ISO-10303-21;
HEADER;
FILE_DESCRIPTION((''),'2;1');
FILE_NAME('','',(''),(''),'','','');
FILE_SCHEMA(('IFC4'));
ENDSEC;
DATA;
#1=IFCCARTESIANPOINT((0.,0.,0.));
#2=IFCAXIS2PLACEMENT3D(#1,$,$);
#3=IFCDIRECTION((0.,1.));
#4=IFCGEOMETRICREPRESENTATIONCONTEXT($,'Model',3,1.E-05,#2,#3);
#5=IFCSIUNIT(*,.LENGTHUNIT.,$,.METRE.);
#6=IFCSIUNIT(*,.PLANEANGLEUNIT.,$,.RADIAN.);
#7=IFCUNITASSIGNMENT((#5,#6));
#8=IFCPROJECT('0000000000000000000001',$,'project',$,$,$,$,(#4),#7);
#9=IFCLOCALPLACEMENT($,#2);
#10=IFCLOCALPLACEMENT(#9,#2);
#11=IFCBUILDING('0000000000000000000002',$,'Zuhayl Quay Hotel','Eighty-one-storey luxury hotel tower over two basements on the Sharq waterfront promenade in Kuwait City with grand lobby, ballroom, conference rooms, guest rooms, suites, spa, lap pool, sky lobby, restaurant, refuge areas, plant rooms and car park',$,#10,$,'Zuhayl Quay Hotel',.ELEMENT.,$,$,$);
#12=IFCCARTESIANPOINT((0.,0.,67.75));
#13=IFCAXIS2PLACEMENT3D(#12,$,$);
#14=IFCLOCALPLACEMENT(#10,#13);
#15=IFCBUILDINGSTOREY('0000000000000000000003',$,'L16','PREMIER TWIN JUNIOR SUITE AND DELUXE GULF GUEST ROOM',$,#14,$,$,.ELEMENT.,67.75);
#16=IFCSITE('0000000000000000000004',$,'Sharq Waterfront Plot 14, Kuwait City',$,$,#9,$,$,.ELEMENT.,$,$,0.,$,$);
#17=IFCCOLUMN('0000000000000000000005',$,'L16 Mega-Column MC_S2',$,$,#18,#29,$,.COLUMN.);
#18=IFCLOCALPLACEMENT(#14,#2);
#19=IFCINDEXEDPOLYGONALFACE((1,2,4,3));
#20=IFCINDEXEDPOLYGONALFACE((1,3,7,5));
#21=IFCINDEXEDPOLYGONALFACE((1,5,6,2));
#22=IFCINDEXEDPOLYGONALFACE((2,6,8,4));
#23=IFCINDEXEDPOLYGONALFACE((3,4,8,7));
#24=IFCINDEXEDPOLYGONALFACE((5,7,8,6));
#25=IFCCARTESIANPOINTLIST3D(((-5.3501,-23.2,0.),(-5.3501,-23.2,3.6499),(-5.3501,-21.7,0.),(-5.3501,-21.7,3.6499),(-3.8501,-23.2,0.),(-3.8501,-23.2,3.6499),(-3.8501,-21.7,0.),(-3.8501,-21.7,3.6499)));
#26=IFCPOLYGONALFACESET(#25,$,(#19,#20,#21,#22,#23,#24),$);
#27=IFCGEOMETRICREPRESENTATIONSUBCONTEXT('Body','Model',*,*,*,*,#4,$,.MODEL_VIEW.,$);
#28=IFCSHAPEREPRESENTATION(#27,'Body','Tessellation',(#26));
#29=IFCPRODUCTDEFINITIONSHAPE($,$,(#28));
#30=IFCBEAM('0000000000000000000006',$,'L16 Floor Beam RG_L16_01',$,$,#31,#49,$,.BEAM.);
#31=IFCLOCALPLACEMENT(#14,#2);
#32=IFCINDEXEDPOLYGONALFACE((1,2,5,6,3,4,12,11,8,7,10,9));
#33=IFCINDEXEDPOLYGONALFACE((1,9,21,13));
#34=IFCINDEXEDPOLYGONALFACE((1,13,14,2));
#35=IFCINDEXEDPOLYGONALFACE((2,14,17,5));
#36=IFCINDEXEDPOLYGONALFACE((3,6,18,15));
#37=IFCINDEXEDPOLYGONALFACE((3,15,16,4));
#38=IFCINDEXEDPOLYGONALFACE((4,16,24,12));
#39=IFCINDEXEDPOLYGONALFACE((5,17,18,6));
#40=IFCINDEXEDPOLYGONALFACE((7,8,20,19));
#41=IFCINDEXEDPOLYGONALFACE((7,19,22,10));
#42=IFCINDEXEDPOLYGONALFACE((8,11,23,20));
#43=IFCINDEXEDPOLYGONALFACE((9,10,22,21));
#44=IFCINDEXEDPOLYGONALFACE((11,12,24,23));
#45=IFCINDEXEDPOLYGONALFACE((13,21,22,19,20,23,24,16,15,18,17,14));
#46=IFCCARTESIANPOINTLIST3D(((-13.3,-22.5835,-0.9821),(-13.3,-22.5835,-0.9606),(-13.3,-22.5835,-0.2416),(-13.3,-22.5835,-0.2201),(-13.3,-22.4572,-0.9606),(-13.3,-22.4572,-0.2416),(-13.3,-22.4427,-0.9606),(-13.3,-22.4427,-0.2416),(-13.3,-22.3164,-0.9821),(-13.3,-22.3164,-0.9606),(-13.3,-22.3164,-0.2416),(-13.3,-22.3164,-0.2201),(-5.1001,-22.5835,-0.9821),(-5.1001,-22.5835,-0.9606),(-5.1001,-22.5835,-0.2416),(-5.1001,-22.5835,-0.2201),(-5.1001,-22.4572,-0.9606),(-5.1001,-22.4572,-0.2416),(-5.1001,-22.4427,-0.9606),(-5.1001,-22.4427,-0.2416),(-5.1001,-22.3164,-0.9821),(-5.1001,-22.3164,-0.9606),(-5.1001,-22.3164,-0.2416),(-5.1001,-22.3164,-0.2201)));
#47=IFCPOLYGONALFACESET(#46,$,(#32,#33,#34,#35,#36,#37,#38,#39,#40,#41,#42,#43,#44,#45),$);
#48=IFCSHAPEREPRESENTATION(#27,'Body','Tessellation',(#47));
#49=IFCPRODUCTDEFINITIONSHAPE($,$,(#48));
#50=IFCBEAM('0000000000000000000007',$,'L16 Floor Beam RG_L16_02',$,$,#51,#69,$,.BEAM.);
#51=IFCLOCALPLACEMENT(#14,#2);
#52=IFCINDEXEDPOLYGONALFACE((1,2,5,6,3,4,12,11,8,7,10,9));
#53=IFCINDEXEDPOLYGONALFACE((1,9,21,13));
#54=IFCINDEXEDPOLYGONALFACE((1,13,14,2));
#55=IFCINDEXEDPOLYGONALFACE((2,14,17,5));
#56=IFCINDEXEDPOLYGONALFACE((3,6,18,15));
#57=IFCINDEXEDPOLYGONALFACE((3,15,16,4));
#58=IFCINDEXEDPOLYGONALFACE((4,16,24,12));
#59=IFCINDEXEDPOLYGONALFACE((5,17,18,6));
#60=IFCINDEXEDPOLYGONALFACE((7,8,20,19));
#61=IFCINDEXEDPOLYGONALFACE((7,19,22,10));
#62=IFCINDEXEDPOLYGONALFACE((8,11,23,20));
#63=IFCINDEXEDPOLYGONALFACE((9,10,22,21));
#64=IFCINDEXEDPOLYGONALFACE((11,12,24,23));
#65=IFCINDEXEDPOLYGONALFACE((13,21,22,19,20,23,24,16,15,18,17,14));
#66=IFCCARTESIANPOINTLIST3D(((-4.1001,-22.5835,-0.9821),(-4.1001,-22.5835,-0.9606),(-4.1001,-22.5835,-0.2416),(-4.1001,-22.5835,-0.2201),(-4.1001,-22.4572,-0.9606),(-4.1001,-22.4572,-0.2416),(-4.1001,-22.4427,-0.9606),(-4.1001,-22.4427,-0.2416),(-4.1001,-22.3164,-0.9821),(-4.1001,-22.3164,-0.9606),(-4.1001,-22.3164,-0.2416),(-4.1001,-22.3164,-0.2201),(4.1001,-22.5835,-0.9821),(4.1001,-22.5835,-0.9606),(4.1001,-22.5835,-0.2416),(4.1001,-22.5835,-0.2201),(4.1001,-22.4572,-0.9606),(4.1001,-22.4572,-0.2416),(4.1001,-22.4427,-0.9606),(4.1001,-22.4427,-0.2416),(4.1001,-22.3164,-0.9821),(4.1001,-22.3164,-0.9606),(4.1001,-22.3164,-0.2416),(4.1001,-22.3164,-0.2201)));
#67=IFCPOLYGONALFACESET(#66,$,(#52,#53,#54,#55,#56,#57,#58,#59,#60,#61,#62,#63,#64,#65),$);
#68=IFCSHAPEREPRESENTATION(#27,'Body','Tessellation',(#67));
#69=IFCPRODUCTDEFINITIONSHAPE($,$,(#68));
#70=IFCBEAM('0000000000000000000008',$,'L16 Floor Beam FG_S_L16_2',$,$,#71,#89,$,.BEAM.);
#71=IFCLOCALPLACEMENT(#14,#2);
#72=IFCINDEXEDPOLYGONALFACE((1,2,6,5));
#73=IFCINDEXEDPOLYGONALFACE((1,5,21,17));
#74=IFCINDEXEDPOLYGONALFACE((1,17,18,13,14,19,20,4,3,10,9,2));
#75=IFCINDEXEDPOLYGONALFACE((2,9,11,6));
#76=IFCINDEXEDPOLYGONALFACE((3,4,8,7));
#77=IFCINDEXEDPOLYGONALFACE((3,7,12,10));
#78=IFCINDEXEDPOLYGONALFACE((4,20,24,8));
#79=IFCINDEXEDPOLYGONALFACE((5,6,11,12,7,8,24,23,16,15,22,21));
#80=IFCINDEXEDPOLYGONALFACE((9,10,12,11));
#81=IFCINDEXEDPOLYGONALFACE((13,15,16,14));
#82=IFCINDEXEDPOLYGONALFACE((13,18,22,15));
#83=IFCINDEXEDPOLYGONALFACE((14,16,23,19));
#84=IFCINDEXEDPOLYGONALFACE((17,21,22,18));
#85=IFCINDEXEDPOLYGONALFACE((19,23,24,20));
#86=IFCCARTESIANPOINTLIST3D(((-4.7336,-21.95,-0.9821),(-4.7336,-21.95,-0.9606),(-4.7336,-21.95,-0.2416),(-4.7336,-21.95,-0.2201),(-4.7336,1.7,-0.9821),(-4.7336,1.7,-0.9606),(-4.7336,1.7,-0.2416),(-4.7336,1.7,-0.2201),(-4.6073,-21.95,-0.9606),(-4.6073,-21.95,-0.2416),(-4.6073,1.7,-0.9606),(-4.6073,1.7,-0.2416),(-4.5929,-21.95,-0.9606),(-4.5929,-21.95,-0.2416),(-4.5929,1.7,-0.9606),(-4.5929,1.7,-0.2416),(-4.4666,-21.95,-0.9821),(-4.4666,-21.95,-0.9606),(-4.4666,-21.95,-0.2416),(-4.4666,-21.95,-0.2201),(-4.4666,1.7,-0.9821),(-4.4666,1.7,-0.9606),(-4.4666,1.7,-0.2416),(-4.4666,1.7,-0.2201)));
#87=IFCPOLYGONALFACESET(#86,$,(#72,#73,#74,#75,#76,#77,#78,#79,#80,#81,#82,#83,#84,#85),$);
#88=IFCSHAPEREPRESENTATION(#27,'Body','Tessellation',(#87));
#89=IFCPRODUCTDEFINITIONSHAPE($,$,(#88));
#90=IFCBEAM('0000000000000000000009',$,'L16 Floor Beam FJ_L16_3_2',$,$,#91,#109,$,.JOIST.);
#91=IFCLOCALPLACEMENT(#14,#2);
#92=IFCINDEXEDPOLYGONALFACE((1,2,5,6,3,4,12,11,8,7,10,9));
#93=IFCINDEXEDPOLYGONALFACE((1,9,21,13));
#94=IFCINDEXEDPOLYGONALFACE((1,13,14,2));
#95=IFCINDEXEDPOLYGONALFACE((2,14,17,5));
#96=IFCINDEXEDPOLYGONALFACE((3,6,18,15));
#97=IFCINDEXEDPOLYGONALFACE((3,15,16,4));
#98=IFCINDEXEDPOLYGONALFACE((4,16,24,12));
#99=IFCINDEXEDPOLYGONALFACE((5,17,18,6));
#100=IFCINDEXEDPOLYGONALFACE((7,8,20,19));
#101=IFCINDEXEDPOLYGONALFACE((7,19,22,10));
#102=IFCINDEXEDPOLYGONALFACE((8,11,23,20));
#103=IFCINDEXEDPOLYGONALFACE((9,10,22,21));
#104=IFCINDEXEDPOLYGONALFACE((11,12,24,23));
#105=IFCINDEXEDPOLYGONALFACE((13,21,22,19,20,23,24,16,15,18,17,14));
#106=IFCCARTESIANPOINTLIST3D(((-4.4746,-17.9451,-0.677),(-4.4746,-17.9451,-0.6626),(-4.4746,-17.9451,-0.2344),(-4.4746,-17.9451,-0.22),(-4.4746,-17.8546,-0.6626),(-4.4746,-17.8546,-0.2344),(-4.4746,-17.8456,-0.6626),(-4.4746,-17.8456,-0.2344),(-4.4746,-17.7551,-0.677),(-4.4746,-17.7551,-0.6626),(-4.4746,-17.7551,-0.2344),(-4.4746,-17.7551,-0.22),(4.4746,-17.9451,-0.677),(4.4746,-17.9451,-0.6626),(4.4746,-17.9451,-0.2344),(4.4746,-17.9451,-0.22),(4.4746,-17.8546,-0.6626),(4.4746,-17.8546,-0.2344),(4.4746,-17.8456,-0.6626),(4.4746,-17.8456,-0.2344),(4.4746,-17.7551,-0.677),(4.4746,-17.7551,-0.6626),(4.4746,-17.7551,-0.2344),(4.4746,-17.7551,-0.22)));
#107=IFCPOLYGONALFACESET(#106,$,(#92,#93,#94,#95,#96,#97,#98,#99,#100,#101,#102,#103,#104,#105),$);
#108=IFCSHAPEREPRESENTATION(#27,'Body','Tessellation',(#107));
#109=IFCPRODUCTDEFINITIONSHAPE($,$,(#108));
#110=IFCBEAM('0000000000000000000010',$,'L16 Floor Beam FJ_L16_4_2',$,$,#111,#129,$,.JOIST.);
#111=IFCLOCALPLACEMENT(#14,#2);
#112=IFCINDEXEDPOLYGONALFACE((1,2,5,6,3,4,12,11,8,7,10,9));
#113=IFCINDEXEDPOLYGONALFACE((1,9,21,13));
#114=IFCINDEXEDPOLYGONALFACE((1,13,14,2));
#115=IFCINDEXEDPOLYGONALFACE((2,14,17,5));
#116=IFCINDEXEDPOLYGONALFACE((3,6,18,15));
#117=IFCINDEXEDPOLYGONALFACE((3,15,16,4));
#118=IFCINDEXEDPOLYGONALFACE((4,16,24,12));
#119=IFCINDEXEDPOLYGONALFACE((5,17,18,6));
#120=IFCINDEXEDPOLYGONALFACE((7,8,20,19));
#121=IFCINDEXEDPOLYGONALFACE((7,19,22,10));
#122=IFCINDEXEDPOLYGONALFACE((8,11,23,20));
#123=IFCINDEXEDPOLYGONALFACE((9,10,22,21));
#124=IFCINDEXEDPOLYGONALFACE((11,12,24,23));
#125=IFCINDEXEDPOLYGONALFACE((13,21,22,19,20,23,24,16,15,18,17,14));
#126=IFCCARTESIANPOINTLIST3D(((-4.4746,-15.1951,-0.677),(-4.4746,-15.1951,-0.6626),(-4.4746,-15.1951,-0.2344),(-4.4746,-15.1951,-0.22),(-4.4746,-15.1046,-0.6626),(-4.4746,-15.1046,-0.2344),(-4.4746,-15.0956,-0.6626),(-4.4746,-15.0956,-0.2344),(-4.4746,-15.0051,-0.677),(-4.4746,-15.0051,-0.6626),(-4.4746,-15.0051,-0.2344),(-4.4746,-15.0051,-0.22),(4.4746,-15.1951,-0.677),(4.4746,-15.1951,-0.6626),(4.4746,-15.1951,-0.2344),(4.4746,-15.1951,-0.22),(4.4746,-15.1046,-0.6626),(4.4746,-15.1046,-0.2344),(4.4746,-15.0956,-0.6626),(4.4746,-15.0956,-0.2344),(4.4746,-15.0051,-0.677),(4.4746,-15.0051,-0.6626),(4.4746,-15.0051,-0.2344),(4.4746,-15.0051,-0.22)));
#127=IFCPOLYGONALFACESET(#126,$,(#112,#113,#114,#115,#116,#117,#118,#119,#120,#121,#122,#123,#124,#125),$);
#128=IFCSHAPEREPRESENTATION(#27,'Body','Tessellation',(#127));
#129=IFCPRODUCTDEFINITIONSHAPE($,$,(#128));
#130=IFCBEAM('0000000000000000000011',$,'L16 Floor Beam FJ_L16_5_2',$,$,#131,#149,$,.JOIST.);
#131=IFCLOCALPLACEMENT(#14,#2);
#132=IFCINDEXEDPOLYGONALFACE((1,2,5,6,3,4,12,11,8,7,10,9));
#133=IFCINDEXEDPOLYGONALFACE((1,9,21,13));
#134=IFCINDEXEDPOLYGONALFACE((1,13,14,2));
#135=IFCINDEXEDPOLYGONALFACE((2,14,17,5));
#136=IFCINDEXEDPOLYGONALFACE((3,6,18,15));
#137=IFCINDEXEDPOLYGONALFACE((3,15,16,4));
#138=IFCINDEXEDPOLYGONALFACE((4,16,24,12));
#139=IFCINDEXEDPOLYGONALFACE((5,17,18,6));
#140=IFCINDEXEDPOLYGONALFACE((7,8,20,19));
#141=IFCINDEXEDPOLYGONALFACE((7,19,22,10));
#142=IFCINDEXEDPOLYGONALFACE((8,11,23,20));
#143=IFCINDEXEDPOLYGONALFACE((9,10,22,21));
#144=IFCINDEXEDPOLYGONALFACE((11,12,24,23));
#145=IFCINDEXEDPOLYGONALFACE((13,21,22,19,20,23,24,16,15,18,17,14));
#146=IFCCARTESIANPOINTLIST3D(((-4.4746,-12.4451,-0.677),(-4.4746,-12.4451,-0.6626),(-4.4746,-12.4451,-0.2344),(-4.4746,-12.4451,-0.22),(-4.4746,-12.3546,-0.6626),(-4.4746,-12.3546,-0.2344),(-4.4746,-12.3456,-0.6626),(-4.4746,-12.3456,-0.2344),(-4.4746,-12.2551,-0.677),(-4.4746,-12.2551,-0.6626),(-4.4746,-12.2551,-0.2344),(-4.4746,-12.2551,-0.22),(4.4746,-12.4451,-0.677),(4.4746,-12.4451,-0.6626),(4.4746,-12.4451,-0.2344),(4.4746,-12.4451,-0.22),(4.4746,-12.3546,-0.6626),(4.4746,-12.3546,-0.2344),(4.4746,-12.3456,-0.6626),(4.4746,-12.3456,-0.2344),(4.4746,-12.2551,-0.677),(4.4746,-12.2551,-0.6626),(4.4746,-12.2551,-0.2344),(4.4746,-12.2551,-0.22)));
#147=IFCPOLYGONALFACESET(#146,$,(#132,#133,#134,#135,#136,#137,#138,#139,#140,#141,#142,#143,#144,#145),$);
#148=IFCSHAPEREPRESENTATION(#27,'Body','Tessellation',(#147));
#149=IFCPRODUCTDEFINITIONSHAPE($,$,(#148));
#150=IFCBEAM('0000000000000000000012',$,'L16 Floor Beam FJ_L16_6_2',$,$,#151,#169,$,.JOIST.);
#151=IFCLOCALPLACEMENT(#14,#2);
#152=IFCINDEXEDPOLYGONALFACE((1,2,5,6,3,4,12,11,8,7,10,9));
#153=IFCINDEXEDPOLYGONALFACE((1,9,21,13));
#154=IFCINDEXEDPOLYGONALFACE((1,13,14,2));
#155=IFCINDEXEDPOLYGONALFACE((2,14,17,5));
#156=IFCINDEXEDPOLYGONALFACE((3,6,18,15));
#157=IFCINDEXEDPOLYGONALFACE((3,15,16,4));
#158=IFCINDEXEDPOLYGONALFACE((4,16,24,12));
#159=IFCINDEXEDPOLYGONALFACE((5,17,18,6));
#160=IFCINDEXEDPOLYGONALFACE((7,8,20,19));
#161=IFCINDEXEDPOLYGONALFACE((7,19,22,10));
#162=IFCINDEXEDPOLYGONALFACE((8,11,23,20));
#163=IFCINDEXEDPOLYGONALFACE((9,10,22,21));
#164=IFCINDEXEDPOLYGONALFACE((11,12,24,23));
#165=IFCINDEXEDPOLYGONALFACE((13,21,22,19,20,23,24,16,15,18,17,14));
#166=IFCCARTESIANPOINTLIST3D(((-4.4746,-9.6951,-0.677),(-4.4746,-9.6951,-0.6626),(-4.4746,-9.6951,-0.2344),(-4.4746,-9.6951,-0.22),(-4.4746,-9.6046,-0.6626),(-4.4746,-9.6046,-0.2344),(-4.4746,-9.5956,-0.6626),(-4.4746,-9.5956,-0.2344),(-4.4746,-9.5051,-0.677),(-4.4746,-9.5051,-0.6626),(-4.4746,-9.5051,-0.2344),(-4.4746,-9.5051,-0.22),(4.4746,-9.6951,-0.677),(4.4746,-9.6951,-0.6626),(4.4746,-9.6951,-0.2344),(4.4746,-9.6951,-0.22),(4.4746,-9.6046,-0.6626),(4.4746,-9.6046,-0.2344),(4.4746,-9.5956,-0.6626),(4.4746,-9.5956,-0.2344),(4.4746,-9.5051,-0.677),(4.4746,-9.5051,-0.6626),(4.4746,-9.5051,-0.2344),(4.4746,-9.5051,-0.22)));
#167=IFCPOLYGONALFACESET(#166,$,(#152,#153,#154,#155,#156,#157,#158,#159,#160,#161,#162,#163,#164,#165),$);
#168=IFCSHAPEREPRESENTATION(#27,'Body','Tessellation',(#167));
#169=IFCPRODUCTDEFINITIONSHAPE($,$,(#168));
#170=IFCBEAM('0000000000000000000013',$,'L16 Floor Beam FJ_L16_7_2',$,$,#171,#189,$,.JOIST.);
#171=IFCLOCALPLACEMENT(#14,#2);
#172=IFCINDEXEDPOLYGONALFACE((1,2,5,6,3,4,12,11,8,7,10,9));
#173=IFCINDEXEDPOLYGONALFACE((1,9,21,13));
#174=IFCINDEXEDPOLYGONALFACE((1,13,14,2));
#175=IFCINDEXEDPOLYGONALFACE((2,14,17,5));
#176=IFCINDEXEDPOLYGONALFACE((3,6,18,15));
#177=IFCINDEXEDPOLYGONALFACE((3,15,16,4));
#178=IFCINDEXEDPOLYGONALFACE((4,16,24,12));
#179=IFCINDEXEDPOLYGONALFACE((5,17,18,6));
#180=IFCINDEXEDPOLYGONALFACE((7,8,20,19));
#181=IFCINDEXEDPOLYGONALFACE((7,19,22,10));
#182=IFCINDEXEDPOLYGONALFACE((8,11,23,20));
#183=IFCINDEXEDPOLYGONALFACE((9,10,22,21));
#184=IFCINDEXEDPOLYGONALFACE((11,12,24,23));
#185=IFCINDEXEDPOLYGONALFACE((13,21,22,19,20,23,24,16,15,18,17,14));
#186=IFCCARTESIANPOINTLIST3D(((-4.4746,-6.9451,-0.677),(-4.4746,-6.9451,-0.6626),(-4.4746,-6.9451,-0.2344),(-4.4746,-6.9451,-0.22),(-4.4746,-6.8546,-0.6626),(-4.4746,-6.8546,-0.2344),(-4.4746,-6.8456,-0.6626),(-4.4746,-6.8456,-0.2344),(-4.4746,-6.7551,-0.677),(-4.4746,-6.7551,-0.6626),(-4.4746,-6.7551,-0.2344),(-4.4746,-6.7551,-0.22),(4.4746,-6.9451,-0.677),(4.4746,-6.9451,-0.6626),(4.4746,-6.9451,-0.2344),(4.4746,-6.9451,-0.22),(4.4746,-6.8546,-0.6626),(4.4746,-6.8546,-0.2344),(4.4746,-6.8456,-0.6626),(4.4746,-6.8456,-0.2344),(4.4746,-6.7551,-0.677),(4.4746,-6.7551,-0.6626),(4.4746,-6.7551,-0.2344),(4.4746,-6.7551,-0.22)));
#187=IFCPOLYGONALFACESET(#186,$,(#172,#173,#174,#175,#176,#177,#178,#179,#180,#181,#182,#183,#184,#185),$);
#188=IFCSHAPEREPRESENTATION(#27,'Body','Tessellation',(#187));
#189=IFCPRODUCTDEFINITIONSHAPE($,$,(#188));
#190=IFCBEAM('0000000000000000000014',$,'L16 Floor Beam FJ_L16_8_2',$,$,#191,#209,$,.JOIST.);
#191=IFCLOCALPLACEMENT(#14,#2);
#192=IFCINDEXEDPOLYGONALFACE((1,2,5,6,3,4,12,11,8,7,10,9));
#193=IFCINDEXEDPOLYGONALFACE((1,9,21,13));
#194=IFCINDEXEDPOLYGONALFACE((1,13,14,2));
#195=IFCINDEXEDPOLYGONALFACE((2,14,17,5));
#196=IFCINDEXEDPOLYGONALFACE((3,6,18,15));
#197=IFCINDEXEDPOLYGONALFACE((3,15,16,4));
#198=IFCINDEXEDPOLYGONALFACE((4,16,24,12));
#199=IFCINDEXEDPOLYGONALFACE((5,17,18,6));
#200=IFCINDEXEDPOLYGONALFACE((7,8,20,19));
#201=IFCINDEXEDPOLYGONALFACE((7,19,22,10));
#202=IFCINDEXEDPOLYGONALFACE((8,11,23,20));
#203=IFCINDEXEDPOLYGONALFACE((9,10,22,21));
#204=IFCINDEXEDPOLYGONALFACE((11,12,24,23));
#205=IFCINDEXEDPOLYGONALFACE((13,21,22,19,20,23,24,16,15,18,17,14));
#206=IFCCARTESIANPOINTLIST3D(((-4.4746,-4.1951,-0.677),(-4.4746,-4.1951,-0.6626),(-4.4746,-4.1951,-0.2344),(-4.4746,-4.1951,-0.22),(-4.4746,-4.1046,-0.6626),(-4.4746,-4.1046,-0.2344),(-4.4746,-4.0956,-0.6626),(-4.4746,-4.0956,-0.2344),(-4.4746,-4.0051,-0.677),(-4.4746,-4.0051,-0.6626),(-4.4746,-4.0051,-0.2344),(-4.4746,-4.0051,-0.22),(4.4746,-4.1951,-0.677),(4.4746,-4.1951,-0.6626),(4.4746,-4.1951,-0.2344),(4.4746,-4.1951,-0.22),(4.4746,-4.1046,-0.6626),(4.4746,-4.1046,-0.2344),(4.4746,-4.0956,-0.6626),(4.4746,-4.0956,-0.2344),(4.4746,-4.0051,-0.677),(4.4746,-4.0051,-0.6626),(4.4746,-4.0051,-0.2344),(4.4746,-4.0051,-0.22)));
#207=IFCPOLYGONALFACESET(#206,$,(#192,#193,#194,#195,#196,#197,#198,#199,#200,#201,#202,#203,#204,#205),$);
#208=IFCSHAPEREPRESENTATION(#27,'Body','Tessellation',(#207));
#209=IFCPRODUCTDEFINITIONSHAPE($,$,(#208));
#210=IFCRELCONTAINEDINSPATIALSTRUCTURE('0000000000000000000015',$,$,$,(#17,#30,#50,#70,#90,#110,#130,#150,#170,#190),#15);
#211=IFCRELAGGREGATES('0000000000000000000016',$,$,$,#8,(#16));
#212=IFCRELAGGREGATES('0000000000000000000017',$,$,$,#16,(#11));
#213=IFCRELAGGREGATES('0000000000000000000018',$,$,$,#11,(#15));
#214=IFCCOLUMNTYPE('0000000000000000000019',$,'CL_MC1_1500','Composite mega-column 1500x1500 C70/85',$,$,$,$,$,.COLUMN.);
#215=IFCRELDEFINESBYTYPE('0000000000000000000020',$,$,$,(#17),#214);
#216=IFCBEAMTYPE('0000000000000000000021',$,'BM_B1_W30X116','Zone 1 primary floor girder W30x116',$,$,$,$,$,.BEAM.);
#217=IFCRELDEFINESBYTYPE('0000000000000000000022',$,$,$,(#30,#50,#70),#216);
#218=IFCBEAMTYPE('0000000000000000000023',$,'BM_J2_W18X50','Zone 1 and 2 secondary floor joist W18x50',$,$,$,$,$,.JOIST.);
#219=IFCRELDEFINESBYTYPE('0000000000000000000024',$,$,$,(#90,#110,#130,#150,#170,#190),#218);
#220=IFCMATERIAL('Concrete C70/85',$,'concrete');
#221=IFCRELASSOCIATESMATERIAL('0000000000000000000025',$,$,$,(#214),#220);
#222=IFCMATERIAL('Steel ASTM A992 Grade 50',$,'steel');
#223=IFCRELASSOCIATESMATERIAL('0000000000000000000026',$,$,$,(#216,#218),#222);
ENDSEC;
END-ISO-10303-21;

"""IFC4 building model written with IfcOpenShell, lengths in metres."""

from ifc_helpers import new_model, si_unit, direction, frame, origin, origin_2d, place, context, subcontext, project, spatial, rectangle, i_section, extrude, material, material_profile, profile_set, type_object, element, save


model = new_model("IFC4")

# Units and contexts
model_context = context("Model", 3, precision=1e-05, world=origin(), true_north=direction((0.0, 1.0)))
body_context = subcontext(model_context, "Body", "Model", "MODEL_VIEW")
ifc_project = project(units=[si_unit("LENGTHUNIT", "METRE"), si_unit("PLANEANGLEUNIT", "RADIAN")], contexts=[model_context])

# Site, building, storey
site_placement = place(None, origin())
site = spatial("IfcSite", under=ifc_project, at=site_placement, Name="Sharq Waterfront Plot 14, Kuwait City", CompositionType="ELEMENT", RefElevation=0.0)
building_placement = place(site_placement, origin())
building = spatial("IfcBuilding", under=site, at=building_placement, Name="Zuhayl Quay Hotel", Description="Eighty-one-storey luxury hotel tower over two basements on the Sharq waterfront promenade in Kuwait City with grand lobby, ballroom, conference rooms, guest rooms, suites, spa, lap pool, sky lobby, restaurant, refuge areas, plant rooms and car park", LongName="Zuhayl Quay Hotel", CompositionType="ELEMENT")
storey_placement = place(building_placement, frame((0.0, 0.0, 67.75)))
storey = spatial("IfcBuildingStorey", under=building, at=storey_placement, Name="L16", Description="PREMIER TWIN JUNIOR SUITE AND DELUXE GULF GUEST ROOM", CompositionType="ELEMENT", Elevation=67.75)

# Column
ifc_material_1 = material(Name="Concrete C70/85", Category="concrete")
ifc_material_profile_1 = material_profile(ifc_material_1, rectangle(XDim=1.5, YDim=1.5, at=origin_2d()), Name="RC1500X1500")
ifc_profile_set_1 = profile_set([ifc_material_profile_1], Name="Concrete C70/85")
column_type = type_object("IfcColumnType", Name="CL_MC1_1500", Description="Composite mega-column 1500x1500 C70/85", PredefinedType="COLUMN", material=ifc_profile_set_1)
column_placement = place(storey_placement, frame((-4.6001, -22.45, 0.0), z_axis=(0.0, 0.0, 1.0), x_axis=(1.0, 0.0, 0.0)))
element("IfcColumn", 1, at=column_placement, inside=storey, type_object=column_type, Name="L16 Mega-Column MC_S2", PredefinedType="COLUMN", context=body_context, shape_type="SweptSolid", body=[
    extrude(rectangle(XDim=1.5, YDim=1.5, at=origin_2d()), origin(), (0.0, 0.0, 1.0), 3.6499),
])

# Beams
ifc_material_2 = material(Name="Steel ASTM A992 Grade 50", Category="steel")
ifc_material_profile_2 = material_profile(ifc_material_2, i_section(OverallWidth=0.2671, OverallDepth=0.762, WebThickness=0.0144, FlangeThickness=0.0215, at=origin_2d()), Name="W30X116")
ifc_profile_set_2 = profile_set([ifc_material_profile_2], Name="Steel ASTM A992 Grade 50")
beam_type_1 = type_object("IfcBeamType", Name="BM_B1_W30X116", Description="Zone 1 primary floor girder W30x116", PredefinedType="BEAM", material=ifc_profile_set_2)
beam_1_placement = place(storey_placement, frame((-13.3, -22.45, -0.6011), z_axis=(1.0, 0.0, 0.0), x_axis=(0.0, 1.0, 0.0)))
element("IfcBeam", 2, at=beam_1_placement, inside=storey, type_object=beam_type_1, Name="L16 Floor Beam RG_L16_01", PredefinedType="BEAM", context=body_context, shape_type="SweptSolid", body=[
    extrude(i_section(OverallWidth=0.2671, OverallDepth=0.762, WebThickness=0.0144, FlangeThickness=0.0215, at=origin_2d()), origin(), (0.0, 0.0, 1.0), 8.2),
])
beam_2_placement = place(storey_placement, frame((-4.1001, -22.45, -0.6011), z_axis=(1.0, 0.0, 0.0), x_axis=(0.0, 1.0, 0.0)))
element("IfcBeam", 3, at=beam_2_placement, inside=storey, type_object=beam_type_1, Name="L16 Floor Beam RG_L16_02", PredefinedType="BEAM", context=body_context, shape_type="SweptSolid", body=[
    extrude(i_section(OverallWidth=0.2671, OverallDepth=0.762, WebThickness=0.0144, FlangeThickness=0.0215, at=origin_2d()), origin(), (0.0, 0.0, 1.0), 8.2002),
])
beam_3_placement = place(storey_placement, frame((-4.6001, -21.95, -0.6011), z_axis=(0.0, 1.0, 0.0), x_axis=(-1.0, 0.0, 0.0)))
element("IfcBeam", 4, at=beam_3_placement, inside=storey, type_object=beam_type_1, Name="L16 Floor Beam FG_S_L16_2", PredefinedType="BEAM", context=body_context, shape_type="SweptSolid", body=[
    extrude(i_section(OverallWidth=0.2671, OverallDepth=0.762, WebThickness=0.0144, FlangeThickness=0.0215, at=origin_2d()), origin(), (0.0, 0.0, 1.0), 23.6499),
])
ifc_material_profile_3 = material_profile(ifc_material_2, i_section(OverallWidth=0.1899, OverallDepth=0.457, WebThickness=0.009, FlangeThickness=0.0144, at=origin_2d()), Name="W18X50")
ifc_profile_set_3 = profile_set([ifc_material_profile_3], Name="Steel ASTM A992 Grade 50")
beam_type_2 = type_object("IfcBeamType", Name="BM_J2_W18X50", Description="Zone 1 and 2 secondary floor joist W18x50", PredefinedType="JOIST", material=ifc_profile_set_3)
for number, where, z_axis, x_axis, name in (
    (5, (-4.4746, -17.8501, -0.4485), (1.0, 0.0, 0.0), (0.0, 1.0, 0.0), "L16 Floor Beam FJ_L16_3_2"),
    (6, (-4.4746, -15.1001, -0.4485), (1.0, 0.0, 0.0), (0.0, 1.0, 0.0), "L16 Floor Beam FJ_L16_4_2"),
    (7, (-4.4746, -12.3501, -0.4485), (1.0, 0.0, 0.0), (0.0, 1.0, 0.0), "L16 Floor Beam FJ_L16_5_2"),
    (8, (-4.4746, -9.6001, -0.4485), (1.0, 0.0, 0.0), (0.0, 1.0, 0.0), "L16 Floor Beam FJ_L16_6_2"),
    (9, (-4.4746, -6.8501, -0.4485), (1.0, 0.0, 0.0), (0.0, 1.0, 0.0), "L16 Floor Beam FJ_L16_7_2"),
    (10, (-4.4746, -4.1001, -0.4485), (1.0, 0.0, 0.0), (0.0, 1.0, 0.0), "L16 Floor Beam FJ_L16_8_2"),
):
    element("IfcBeam", number, at=place(storey_placement, frame(where, z_axis=z_axis, x_axis=x_axis)), inside=storey, type_object=beam_type_2, Name=name, PredefinedType="JOIST", context=body_context, shape_type="SweptSolid", body=[
        extrude(i_section(OverallWidth=0.1899, OverallDepth=0.457, WebThickness=0.009, FlangeThickness=0.0144, at=origin_2d()), origin(), (0.0, 0.0, 1.0), 8.9492),
    ])

save(model, "model.ifc")
